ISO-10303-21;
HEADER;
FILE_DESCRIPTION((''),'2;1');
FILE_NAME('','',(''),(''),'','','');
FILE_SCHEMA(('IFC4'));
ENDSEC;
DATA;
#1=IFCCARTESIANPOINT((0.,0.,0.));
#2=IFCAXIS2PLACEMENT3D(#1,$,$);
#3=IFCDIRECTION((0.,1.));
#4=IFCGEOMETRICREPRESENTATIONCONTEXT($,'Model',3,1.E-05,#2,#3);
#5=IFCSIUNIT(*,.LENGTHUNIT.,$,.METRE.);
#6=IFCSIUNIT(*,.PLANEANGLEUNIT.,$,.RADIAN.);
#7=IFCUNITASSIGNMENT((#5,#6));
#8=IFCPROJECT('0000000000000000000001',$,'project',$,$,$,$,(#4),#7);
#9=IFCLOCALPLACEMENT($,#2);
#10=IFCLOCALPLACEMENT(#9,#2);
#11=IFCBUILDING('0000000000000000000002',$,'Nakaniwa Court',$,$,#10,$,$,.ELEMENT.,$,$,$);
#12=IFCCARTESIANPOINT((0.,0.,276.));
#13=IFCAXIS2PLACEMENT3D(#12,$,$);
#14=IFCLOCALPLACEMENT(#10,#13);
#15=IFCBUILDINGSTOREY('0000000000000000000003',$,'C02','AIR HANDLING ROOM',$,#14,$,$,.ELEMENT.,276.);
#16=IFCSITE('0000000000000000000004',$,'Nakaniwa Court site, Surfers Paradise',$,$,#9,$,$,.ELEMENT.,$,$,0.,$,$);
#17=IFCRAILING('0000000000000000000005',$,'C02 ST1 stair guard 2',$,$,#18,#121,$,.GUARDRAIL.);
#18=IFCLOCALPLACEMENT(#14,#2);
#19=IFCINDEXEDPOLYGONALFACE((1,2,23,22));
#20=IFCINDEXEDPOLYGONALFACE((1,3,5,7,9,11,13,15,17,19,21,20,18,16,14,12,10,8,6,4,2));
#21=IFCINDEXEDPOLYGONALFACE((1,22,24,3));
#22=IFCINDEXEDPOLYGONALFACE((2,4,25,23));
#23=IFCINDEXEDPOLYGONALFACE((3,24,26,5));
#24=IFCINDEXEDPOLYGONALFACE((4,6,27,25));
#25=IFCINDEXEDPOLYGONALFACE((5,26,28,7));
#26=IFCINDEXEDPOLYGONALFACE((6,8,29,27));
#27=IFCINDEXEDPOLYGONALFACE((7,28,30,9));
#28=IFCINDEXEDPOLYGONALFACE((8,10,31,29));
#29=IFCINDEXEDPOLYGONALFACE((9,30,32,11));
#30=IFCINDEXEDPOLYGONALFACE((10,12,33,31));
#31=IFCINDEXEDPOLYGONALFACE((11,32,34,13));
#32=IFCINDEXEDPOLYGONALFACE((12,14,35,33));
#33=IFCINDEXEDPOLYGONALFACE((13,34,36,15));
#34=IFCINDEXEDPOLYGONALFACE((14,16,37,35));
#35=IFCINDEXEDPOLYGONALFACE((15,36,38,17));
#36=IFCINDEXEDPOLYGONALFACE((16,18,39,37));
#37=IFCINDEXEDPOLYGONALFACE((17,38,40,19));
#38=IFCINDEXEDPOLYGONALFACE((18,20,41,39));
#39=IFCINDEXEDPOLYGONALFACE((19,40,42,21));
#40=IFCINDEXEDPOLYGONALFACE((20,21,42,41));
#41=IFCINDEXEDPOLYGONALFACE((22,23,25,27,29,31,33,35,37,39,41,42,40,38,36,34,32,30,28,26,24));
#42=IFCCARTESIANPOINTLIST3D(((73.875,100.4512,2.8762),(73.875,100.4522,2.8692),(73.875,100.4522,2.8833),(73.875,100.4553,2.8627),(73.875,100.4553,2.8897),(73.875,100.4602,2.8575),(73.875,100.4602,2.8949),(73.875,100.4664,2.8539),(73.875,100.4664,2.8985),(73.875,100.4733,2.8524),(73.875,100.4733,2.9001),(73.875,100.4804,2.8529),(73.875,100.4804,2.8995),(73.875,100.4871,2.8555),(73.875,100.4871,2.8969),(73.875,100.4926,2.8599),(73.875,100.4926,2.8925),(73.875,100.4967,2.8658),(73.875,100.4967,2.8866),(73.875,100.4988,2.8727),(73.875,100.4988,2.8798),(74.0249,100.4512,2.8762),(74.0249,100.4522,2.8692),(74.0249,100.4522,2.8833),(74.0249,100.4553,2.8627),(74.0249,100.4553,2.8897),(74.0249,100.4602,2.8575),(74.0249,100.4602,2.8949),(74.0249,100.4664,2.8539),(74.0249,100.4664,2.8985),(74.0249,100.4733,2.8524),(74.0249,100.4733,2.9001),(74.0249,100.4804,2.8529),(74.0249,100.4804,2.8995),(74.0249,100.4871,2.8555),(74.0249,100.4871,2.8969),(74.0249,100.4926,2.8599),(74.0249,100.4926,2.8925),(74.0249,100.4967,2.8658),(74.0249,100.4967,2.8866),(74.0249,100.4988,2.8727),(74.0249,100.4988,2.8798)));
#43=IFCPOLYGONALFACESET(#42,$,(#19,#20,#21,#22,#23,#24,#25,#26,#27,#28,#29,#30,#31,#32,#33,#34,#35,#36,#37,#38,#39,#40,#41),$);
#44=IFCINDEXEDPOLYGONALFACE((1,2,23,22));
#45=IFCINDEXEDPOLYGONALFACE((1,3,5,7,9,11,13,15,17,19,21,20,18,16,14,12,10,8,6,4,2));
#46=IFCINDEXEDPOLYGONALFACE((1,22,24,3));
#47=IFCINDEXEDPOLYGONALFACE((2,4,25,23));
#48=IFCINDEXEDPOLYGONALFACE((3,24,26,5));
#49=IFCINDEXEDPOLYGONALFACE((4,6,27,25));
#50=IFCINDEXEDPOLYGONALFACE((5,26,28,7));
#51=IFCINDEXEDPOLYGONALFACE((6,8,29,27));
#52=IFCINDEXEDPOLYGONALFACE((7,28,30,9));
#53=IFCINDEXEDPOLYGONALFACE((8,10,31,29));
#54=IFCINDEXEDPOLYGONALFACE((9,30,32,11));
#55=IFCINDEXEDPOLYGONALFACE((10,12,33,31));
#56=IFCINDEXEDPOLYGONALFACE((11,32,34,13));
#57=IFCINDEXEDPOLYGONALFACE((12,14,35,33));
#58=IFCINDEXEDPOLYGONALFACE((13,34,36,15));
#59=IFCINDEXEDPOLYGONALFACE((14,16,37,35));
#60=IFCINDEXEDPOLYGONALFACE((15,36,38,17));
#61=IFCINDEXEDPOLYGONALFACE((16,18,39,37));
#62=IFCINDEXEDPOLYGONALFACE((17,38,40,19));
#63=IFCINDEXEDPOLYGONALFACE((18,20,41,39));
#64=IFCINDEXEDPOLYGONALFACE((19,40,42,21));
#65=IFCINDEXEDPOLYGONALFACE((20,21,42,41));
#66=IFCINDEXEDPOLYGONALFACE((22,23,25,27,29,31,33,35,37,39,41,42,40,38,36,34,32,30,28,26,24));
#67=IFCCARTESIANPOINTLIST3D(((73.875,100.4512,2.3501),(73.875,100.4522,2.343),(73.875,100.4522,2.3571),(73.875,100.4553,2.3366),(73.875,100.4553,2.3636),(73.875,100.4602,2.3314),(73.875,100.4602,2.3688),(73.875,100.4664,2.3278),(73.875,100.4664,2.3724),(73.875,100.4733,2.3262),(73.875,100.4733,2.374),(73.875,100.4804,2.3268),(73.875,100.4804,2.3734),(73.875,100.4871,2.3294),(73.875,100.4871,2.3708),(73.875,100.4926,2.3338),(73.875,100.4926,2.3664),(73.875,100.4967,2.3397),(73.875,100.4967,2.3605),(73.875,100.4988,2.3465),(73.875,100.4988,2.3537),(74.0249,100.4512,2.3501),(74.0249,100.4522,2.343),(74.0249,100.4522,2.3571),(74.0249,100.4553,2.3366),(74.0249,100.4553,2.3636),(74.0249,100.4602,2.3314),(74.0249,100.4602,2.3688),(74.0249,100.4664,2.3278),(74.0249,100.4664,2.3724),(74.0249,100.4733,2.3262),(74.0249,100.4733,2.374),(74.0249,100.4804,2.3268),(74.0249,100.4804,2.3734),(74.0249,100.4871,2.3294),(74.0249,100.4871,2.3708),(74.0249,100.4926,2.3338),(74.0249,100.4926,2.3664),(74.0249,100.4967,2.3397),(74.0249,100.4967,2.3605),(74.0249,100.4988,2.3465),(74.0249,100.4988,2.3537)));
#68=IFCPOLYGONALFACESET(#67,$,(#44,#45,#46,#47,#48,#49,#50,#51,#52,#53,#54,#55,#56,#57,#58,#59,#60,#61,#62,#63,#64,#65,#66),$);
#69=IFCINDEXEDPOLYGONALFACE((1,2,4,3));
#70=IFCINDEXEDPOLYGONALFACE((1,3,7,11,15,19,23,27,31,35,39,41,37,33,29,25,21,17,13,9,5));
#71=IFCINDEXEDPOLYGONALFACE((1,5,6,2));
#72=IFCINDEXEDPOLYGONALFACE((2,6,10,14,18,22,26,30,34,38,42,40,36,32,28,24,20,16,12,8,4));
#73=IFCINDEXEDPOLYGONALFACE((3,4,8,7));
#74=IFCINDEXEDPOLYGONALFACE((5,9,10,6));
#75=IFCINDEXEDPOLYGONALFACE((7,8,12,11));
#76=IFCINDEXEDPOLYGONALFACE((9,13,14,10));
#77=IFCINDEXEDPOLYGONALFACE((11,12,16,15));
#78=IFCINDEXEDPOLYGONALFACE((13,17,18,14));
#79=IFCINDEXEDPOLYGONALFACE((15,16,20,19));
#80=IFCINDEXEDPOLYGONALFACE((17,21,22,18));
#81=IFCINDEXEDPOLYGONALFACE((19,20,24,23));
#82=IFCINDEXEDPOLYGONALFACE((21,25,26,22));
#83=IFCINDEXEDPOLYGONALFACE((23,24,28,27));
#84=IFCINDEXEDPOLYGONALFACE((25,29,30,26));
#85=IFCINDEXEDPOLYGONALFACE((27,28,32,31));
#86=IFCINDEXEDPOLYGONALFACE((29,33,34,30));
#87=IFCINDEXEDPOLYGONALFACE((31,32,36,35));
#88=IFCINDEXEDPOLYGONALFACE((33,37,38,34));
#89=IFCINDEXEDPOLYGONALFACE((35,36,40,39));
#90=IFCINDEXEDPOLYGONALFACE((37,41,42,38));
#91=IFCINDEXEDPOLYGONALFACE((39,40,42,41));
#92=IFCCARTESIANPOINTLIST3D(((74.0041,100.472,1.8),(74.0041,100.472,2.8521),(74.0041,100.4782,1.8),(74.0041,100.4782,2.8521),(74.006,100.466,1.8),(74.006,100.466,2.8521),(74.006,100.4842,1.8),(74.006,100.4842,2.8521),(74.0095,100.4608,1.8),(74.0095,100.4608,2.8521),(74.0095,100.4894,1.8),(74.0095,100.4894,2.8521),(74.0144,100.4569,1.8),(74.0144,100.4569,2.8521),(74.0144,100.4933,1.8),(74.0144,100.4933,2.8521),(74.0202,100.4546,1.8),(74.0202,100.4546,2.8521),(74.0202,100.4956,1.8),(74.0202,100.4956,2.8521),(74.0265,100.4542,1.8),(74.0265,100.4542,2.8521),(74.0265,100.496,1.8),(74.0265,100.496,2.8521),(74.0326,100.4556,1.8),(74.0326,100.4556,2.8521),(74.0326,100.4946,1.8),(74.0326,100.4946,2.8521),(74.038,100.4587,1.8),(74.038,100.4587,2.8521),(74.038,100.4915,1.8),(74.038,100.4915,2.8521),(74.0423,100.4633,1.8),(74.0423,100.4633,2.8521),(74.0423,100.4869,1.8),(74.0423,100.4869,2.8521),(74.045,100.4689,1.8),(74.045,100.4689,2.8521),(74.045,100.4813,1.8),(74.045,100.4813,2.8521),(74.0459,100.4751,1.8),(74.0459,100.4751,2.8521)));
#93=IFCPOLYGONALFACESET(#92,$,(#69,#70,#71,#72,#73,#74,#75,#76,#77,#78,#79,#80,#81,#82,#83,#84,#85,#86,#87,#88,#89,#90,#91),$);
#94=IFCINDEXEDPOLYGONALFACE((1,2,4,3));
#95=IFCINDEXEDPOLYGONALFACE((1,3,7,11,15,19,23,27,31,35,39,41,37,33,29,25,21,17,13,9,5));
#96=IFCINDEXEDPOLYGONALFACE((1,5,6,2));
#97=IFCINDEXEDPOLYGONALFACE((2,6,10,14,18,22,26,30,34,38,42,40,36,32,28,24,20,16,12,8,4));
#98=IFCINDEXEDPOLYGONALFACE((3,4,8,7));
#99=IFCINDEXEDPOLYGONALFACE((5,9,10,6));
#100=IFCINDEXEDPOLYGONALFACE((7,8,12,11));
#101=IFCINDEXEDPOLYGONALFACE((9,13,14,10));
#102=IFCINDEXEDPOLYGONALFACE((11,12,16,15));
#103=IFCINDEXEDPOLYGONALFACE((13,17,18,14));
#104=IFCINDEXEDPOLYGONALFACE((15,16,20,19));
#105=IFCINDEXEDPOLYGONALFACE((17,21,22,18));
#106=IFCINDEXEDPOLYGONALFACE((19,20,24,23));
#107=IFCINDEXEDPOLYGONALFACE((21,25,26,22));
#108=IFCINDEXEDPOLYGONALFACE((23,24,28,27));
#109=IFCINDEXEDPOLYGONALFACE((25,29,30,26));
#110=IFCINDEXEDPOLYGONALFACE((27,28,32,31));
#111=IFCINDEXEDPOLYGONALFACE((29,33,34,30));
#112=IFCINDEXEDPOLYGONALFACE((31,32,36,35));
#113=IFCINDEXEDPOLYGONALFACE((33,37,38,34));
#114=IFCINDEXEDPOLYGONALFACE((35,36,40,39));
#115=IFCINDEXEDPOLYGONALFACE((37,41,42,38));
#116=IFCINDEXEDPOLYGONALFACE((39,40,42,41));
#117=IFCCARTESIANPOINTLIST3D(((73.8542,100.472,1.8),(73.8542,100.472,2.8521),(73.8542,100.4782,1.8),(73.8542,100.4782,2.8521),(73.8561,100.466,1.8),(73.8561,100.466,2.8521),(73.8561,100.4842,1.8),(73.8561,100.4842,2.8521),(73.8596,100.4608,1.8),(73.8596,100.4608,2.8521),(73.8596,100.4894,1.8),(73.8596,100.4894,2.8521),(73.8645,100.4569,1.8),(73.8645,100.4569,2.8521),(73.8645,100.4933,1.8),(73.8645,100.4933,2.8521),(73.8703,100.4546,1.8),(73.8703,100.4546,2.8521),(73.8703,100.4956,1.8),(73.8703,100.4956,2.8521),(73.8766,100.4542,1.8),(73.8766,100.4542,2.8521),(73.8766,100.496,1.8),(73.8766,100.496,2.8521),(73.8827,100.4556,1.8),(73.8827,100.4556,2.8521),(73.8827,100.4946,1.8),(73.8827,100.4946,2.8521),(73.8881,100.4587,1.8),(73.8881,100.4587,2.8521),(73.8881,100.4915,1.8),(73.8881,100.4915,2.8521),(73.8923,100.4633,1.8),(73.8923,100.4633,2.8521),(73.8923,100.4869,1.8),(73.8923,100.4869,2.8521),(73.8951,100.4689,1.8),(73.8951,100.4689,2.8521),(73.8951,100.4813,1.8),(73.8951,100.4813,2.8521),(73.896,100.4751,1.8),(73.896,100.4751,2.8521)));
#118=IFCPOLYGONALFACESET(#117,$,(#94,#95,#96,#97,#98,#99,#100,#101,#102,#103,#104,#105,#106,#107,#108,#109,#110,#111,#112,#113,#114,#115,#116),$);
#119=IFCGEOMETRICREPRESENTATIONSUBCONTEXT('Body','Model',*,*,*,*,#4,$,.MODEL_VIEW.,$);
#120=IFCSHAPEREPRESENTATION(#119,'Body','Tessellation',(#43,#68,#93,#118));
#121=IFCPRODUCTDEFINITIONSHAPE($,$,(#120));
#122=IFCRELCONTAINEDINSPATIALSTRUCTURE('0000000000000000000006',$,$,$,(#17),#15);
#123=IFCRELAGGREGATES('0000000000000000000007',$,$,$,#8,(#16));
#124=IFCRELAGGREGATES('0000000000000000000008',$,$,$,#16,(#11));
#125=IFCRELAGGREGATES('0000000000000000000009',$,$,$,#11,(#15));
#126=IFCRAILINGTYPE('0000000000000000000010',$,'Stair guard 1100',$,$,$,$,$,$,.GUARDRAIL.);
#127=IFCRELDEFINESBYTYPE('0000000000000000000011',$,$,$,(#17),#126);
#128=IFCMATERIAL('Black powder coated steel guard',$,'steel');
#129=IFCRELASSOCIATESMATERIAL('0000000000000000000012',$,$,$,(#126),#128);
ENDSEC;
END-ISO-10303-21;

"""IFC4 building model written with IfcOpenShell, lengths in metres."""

from ifc_helpers import new_model, si_unit, direction, frame, origin, origin_2d, place, context, subcontext, project, spatial, circle, extrude, material, type_object, element, save


model = new_model("IFC4")

# Units and contexts
model_context = context("Model", 3, precision=1e-05, world=origin(), true_north=direction((0.0, 1.0)))
body_context = subcontext(model_context, "Body", "Model", "MODEL_VIEW")
ifc_project = project(units=[si_unit("LENGTHUNIT", "METRE"), si_unit("PLANEANGLEUNIT", "RADIAN")], contexts=[model_context])

# Site, building, storey
site_placement = place(None, origin())
site = spatial("IfcSite", under=ifc_project, at=site_placement, Name="Nakaniwa Court site, Surfers Paradise", CompositionType="ELEMENT", RefElevation=0.0)
building_placement = place(site_placement, origin())
building = spatial("IfcBuilding", under=site, at=building_placement, Name="Nakaniwa Court", CompositionType="ELEMENT")
storey_placement = place(building_placement, frame((0.0, 0.0, 276.0)))
storey = spatial("IfcBuildingStorey", under=building, at=storey_placement, Name="C02", Description="AIR HANDLING ROOM", CompositionType="ELEMENT", Elevation=276.0)

# Railing
ifc_material_1 = material(Name="Black powder coated steel guard", Category="steel")
railing_type_1 = type_object("IfcRailingType", Name="Stair guard 1100", PredefinedType="GUARDRAIL", material=ifc_material_1)
railing_1_placement = place(storey_placement, frame((74.0249, 100.4751, 1.8)))
element("IfcRailing", 1, at=railing_1_placement, inside=storey, type_object=railing_type_1, Name="C02 ST1 stair guard 2", PredefinedType="GUARDRAIL", context=body_context, shape_type="SweptSolid", body=[
    extrude(circle(Radius=0.0239, at=origin_2d()), frame((0.0, 0.0, 1.0762), z_axis=(-1.0, 0.0, 0.0), x_axis=(0.0, -1.0, 0.0)), (0.0, 0.0, 1.0), 0.1499),
    extrude(circle(Radius=0.0239, at=origin_2d()), frame((0.0, 0.0, 0.55), z_axis=(-1.0, 0.0, 0.0), x_axis=(0.0, -1.0, 0.0)), (0.0, 0.0, 1.0), 0.1499),
    extrude(circle(Radius=0.021, at=origin_2d()), origin(), (0.0, 0.0, 1.0), 1.052),
    extrude(circle(Radius=0.021, at=origin_2d()), frame((-0.1499, 0.0, 0.0)), (0.0, 0.0, 1.0), 1.052),
])

save(model, "model.ifc")
